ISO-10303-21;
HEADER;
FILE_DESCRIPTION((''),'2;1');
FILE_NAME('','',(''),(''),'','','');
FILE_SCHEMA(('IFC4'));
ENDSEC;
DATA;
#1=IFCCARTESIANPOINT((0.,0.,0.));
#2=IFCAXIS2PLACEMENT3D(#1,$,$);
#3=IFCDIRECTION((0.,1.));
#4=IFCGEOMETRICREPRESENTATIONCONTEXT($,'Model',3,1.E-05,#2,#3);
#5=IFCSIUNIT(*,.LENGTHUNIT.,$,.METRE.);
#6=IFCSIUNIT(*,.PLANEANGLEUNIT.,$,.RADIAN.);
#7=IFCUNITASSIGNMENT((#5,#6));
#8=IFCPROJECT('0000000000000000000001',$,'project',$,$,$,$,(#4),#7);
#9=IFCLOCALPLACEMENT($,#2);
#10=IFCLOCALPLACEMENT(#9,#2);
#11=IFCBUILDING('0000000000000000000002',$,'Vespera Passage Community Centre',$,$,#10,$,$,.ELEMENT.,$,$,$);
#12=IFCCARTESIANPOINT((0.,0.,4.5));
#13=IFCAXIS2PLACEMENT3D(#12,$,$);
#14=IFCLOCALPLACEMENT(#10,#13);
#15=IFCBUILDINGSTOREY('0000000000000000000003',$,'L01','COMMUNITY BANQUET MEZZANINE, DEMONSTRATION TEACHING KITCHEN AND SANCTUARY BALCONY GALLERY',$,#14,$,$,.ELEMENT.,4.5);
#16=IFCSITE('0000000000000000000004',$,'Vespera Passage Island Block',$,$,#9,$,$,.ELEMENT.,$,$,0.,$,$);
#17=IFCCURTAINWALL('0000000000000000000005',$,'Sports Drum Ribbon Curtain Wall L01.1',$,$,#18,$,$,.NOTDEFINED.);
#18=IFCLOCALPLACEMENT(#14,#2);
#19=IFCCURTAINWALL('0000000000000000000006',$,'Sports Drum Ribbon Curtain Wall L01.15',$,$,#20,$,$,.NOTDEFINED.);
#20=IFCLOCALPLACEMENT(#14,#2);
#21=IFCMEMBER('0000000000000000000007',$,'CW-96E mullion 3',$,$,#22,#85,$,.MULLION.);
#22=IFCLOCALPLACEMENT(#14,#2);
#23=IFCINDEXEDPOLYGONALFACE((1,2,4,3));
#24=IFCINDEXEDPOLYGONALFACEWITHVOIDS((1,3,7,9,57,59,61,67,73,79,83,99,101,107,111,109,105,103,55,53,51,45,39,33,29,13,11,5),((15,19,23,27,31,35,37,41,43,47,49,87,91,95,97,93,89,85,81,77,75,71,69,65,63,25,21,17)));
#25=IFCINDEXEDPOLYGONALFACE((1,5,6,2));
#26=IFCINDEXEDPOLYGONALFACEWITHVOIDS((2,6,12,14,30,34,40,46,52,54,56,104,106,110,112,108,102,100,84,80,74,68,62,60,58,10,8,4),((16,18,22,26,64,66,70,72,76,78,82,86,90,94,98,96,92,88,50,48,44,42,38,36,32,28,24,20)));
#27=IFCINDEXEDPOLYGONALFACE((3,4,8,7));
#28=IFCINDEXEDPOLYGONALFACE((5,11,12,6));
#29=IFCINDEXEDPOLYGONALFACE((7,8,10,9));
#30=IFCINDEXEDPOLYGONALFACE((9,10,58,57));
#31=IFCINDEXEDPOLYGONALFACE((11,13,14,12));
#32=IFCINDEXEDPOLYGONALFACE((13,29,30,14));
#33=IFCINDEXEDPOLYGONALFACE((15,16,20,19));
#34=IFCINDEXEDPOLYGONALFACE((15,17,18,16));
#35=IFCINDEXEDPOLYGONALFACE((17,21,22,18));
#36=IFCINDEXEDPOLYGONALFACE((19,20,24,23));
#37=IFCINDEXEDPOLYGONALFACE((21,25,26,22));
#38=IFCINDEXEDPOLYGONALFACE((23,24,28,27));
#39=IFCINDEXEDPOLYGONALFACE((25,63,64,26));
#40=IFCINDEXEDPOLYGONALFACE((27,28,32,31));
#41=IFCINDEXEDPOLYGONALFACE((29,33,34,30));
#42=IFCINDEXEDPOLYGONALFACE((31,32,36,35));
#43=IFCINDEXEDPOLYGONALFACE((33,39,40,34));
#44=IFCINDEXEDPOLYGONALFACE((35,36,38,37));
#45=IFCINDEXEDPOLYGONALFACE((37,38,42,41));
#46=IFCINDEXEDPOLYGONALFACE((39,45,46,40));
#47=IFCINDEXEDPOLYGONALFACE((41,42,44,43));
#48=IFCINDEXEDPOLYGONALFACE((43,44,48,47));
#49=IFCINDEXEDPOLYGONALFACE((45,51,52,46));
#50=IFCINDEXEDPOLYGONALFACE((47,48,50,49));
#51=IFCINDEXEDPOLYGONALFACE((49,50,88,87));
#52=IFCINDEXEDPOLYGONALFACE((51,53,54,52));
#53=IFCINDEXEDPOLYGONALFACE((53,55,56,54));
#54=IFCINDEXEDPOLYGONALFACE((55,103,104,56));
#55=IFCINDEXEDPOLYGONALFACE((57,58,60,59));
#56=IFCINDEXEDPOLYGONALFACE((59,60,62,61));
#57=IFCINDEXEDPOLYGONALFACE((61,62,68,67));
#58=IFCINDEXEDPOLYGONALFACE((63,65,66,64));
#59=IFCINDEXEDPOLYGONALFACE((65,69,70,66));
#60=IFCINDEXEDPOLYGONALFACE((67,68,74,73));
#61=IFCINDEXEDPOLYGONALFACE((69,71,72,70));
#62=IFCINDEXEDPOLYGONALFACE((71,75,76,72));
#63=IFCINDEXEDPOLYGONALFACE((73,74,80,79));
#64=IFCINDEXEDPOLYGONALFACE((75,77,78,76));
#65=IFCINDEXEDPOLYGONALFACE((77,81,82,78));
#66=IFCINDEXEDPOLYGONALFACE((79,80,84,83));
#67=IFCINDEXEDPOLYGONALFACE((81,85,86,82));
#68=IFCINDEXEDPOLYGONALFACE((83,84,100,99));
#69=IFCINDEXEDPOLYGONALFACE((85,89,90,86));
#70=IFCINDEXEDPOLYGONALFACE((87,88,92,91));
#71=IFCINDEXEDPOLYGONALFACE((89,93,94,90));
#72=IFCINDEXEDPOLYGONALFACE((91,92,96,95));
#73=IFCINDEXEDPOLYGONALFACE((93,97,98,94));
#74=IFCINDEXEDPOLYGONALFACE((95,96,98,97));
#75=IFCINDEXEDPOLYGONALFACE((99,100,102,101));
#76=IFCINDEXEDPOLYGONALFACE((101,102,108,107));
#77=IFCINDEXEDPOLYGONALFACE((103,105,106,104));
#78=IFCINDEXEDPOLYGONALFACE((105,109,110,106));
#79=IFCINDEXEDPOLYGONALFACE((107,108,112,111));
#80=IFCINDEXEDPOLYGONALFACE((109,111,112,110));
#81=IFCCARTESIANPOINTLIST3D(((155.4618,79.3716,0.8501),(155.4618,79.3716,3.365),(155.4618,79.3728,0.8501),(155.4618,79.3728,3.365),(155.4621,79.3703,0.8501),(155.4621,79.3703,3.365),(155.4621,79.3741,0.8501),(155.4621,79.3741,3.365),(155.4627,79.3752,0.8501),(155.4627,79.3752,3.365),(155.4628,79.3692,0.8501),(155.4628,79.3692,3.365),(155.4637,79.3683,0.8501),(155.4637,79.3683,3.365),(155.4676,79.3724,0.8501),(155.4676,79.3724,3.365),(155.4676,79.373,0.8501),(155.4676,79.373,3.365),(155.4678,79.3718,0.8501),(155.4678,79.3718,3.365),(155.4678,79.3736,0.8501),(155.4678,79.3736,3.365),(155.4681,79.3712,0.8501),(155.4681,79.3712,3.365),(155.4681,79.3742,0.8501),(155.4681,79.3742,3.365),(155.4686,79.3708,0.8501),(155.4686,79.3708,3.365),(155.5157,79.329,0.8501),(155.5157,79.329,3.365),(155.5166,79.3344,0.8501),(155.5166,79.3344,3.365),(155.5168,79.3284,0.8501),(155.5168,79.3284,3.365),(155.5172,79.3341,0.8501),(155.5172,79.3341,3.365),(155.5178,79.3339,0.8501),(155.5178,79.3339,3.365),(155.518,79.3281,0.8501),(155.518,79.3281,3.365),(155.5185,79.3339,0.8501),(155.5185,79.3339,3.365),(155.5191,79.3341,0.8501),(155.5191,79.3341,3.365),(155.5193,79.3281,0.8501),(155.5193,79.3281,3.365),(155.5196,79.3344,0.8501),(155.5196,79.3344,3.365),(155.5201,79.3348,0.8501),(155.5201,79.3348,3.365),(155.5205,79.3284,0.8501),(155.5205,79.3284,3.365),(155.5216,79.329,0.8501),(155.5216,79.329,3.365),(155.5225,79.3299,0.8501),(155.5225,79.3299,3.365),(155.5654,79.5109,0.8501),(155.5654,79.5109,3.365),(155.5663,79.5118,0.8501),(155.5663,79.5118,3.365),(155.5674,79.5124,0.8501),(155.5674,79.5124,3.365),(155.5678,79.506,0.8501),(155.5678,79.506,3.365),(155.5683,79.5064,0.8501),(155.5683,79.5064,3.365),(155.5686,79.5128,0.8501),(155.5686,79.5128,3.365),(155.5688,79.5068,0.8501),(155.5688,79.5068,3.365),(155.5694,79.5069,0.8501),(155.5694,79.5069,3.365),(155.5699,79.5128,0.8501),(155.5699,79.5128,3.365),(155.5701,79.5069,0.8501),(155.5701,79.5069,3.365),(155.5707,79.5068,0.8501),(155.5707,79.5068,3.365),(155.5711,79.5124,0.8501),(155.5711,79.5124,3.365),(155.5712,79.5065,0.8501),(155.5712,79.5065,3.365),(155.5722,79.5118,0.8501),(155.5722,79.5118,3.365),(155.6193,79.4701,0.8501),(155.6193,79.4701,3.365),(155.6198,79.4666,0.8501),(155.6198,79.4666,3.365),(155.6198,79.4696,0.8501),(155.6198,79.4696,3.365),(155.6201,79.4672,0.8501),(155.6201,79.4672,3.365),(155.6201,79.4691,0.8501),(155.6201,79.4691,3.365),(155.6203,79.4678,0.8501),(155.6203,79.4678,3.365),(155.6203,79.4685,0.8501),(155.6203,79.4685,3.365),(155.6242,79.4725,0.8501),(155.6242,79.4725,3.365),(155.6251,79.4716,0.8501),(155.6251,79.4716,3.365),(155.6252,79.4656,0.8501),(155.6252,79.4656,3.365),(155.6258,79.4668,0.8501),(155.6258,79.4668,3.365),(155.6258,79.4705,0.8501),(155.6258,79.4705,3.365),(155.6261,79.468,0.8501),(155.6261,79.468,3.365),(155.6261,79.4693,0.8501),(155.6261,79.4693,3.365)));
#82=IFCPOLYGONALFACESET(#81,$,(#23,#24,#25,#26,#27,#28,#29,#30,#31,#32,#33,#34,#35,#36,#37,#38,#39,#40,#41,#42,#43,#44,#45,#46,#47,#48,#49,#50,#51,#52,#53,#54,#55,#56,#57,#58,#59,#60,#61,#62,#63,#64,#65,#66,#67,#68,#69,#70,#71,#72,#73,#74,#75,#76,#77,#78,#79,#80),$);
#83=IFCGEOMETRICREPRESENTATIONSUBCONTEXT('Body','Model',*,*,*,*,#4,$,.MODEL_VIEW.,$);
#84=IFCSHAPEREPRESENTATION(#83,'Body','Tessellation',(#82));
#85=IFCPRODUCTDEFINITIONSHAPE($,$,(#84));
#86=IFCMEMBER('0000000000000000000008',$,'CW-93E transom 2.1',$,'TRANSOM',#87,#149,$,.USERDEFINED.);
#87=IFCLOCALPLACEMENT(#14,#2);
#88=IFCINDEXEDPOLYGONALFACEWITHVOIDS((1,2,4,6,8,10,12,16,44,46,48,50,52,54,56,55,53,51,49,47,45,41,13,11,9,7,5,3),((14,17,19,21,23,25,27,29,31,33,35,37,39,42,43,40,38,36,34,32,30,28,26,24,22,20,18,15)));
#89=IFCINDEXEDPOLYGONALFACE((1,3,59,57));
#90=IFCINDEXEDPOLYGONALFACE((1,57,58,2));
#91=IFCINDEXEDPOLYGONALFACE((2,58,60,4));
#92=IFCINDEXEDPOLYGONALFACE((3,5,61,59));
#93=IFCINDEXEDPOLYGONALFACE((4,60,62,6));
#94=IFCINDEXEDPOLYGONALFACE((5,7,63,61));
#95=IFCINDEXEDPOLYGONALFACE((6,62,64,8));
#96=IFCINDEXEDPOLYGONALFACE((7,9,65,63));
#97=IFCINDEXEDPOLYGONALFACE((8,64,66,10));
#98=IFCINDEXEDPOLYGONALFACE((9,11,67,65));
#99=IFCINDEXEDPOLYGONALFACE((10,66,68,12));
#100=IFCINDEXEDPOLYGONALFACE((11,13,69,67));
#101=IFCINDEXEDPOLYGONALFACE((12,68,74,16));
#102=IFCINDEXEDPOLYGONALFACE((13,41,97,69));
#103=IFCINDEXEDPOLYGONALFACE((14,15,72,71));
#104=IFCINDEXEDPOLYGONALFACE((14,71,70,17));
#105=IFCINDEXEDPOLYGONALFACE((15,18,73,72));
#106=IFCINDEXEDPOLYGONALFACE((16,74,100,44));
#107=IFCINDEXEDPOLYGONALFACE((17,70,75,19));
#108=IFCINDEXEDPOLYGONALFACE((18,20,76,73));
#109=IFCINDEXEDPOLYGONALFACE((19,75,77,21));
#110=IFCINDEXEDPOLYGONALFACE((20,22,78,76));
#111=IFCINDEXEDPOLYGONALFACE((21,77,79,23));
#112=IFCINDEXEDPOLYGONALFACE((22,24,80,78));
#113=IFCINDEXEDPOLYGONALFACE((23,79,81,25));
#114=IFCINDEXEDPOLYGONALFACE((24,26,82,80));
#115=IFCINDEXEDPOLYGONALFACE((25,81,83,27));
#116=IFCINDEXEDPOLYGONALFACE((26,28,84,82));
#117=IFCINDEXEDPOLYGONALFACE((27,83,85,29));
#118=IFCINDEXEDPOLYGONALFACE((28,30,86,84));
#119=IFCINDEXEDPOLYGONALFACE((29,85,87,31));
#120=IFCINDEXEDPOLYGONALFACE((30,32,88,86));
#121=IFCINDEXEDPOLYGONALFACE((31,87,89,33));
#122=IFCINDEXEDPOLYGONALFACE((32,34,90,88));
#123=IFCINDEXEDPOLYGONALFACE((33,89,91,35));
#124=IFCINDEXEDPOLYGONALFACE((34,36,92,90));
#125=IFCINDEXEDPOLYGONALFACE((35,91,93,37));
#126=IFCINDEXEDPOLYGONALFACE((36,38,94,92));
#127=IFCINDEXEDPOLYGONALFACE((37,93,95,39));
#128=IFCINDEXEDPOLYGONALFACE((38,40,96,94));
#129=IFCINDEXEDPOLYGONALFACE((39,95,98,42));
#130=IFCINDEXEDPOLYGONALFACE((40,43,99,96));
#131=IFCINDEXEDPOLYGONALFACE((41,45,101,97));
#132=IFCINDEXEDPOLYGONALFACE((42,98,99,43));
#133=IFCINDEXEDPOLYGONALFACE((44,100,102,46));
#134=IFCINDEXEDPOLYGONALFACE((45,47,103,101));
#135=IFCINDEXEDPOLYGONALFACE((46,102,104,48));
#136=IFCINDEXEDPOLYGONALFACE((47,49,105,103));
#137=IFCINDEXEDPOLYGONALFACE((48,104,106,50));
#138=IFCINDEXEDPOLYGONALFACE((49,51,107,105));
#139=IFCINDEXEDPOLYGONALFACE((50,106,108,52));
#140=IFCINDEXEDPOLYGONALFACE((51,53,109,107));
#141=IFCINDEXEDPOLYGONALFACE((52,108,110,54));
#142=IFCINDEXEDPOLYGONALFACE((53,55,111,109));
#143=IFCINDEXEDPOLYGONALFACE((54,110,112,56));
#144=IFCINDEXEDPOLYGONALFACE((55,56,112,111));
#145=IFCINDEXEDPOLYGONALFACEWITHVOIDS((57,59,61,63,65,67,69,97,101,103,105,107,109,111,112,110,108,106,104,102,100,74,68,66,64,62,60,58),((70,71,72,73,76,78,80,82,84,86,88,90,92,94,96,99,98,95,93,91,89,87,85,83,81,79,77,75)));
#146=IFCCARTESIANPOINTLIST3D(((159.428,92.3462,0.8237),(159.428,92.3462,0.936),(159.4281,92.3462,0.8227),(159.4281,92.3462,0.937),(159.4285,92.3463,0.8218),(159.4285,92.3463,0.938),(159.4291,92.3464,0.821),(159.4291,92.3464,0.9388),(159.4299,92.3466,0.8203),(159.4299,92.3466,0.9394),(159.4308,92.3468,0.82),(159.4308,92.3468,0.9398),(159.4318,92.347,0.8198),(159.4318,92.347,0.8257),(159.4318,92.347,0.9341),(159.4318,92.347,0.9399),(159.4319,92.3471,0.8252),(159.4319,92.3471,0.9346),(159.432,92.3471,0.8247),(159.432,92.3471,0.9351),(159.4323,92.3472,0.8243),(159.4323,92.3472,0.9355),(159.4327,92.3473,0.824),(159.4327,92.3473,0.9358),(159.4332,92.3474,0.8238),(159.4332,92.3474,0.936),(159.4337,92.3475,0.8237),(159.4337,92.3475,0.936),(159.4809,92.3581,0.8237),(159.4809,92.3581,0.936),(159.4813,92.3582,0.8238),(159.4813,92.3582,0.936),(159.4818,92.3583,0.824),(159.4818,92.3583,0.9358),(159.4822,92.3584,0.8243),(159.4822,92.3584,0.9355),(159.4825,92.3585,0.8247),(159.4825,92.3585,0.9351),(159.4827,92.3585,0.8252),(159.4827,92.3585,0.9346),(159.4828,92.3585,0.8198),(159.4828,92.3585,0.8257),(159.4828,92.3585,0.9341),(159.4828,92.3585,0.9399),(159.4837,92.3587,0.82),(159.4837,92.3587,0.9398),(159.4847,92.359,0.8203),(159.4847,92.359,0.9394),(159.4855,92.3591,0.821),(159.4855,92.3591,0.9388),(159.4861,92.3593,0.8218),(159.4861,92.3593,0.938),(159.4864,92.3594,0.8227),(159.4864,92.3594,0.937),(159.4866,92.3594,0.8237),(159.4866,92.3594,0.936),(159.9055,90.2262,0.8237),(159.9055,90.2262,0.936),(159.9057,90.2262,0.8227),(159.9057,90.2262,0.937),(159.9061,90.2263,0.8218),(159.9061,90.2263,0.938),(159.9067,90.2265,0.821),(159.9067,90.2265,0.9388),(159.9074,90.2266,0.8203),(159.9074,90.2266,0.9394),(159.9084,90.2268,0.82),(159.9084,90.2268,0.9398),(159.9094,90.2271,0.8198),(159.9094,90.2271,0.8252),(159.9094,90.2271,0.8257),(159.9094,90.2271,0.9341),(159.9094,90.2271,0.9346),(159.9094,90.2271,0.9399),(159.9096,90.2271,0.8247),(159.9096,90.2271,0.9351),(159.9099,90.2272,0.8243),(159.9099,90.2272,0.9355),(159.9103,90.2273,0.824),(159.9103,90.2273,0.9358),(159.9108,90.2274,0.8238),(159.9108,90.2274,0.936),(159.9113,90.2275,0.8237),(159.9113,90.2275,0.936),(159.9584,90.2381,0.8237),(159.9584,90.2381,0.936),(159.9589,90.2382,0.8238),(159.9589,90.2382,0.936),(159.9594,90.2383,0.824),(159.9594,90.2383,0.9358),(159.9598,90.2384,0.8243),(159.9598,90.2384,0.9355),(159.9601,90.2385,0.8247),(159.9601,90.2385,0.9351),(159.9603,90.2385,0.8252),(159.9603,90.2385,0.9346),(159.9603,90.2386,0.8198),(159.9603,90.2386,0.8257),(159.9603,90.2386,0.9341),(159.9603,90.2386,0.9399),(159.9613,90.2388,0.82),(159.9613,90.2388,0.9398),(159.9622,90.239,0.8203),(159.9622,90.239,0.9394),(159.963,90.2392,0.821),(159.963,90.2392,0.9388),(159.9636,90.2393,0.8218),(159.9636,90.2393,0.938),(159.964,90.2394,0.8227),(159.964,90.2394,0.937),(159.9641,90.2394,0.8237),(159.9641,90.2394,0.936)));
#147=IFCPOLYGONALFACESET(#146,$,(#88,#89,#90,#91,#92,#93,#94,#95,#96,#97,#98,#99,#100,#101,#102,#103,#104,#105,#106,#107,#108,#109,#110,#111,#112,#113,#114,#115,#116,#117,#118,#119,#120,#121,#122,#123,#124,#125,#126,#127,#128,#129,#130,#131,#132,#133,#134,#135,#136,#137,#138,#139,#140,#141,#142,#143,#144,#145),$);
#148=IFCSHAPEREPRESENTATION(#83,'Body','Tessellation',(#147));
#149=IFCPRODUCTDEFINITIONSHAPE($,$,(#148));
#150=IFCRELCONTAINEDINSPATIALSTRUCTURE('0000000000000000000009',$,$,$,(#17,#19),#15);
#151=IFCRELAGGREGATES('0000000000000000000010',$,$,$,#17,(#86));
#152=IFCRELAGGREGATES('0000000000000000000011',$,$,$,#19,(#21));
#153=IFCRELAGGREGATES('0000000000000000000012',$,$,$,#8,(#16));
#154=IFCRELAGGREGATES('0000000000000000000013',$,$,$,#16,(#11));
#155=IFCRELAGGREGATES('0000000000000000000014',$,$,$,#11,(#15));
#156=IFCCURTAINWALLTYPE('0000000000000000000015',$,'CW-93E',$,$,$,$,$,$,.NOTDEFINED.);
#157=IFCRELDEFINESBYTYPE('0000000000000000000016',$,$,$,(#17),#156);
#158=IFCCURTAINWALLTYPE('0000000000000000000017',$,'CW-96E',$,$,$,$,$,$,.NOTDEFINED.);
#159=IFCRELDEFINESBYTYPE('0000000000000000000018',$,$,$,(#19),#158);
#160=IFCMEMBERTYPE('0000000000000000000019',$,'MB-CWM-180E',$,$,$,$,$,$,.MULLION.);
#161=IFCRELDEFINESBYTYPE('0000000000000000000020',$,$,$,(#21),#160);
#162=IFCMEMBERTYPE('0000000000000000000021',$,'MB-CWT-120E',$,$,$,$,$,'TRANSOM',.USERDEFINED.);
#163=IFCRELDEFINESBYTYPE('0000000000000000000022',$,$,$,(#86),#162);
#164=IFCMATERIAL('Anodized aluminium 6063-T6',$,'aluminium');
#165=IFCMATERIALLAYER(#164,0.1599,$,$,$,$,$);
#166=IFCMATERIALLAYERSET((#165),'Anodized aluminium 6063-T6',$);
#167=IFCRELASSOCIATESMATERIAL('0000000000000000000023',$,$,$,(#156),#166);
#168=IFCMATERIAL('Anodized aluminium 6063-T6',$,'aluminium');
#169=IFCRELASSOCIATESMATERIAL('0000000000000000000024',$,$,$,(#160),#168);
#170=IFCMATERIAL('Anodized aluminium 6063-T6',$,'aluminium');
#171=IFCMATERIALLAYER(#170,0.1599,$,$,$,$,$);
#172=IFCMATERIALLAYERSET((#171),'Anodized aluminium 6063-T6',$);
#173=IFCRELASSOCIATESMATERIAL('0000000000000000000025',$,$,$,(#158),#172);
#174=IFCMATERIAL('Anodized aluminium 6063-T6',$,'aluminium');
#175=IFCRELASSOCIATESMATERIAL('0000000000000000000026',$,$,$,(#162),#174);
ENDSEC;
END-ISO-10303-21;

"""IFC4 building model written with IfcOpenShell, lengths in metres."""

from ifc_helpers import new_model, si_unit, direction, frame, origin, origin_2d, place, context, subcontext, project, spatial, hollow_rectangle, extrude, material, layer, layer_set, material_profile, profile_set, type_object, element, aggregate, save


model = new_model("IFC4")

# Units and contexts
model_context = context("Model", 3, precision=1e-05, world=origin(), true_north=direction((0.0, 1.0)))
body_context = subcontext(model_context, "Body", "Model", "MODEL_VIEW")
ifc_project = project(units=[si_unit("LENGTHUNIT", "METRE"), si_unit("PLANEANGLEUNIT", "RADIAN")], contexts=[model_context])

# Site, building, storey
site_placement = place(None, origin())
site = spatial("IfcSite", under=ifc_project, at=site_placement, Name="Vespera Passage Island Block", CompositionType="ELEMENT", RefElevation=0.0)
building_placement = place(site_placement, origin())
building = spatial("IfcBuilding", under=site, at=building_placement, Name="Vespera Passage Community Centre", CompositionType="ELEMENT")
storey_placement = place(building_placement, frame((0.0, 0.0, 4.5)))
storey = spatial("IfcBuildingStorey", under=building, at=storey_placement, Name="L01", Description="COMMUNITY BANQUET MEZZANINE, DEMONSTRATION TEACHING KITCHEN AND SANCTUARY BALCONY GALLERY", CompositionType="ELEMENT", Elevation=4.5)

# Curtain wall
ifc_material_1 = material(Name="Anodized aluminium 6063-T6", Category="aluminium")
ifc_layer_1 = layer(ifc_material_1, 0.1599)
ifc_layer_set_1 = layer_set([ifc_layer_1], Name="Anodized aluminium 6063-T6")
curtain_wall_type_1 = type_object("IfcCurtainWallType", Name="CW-93E", PredefinedType="NOTDEFINED", material=ifc_layer_set_1)
curtain_wall_1_placement = place(storey_placement, origin())
curtain_wall_1 = element("IfcCurtainWall", 1, at=curtain_wall_1_placement, inside=storey, type_object=curtain_wall_type_1, Name="Sports Drum Ribbon Curtain Wall L01.1", PredefinedType="NOTDEFINED")
ifc_material_2 = material(Name="Anodized aluminium 6063-T6", Category="aluminium")
ifc_material_profile_1 = material_profile(ifc_material_2, hollow_rectangle(XDim=0.075, YDim=0.1799, WallThickness=0.0049, InnerFilletRadius=0.0024, OuterFilletRadius=0.0049, at=origin_2d()), Name="ALU180X75X5")
ifc_profile_set_1 = profile_set([ifc_material_profile_1], Name="Anodized aluminium 6063-T6")
member_type_1 = type_object("IfcMemberType", Name="MB-CWM-180E", PredefinedType="MULLION", material=ifc_profile_set_1)

# Curtain wall, member
ifc_material_3 = material(Name="Anodized aluminium 6063-T6", Category="aluminium")
ifc_layer_2 = layer(ifc_material_3, 0.1599)
ifc_layer_set_2 = layer_set([ifc_layer_2], Name="Anodized aluminium 6063-T6")
curtain_wall_type_2 = type_object("IfcCurtainWallType", Name="CW-96E", PredefinedType="NOTDEFINED", material=ifc_layer_set_2)
curtain_wall_2_placement = place(storey_placement, origin())
curtain_wall_2 = element("IfcCurtainWall", 2, at=curtain_wall_2_placement, inside=storey, type_object=curtain_wall_type_2, Name="Sports Drum Ribbon Curtain Wall L01.15", PredefinedType="NOTDEFINED")
member_1_placement = place(storey_placement, frame((155.5439, 79.4204, 0.8501), z_axis=(0.0, 0.0, 1.0), x_axis=(0.797434, -0.603406, 0.0)))
member_1 = element("IfcMember", 3, at=member_1_placement, type_object=member_type_1, Name="CW-96E mullion 3", PredefinedType="MULLION", context=body_context, shape_type="SweptSolid", body=[
    extrude(hollow_rectangle(XDim=0.075, YDim=0.1799, WallThickness=0.0049, InnerFilletRadius=0.0024, OuterFilletRadius=0.0049, at=origin_2d()), origin(), (0.0, 0.0, 1.0), 2.5149),
])

# Member
ifc_material_4 = material(Name="Anodized aluminium 6063-T6", Category="aluminium")
ifc_material_profile_2 = material_profile(ifc_material_4, hollow_rectangle(XDim=0.0601, YDim=0.1201, WallThickness=0.0039, InnerFilletRadius=0.002, OuterFilletRadius=0.0039, at=origin_2d()), Name="ALU120X60X4")
ifc_profile_set_2 = profile_set([ifc_material_profile_2], Name="Anodized aluminium 6063-T6")
member_type_2 = type_object("IfcMemberType", Name="MB-CWT-120E", ElementType="TRANSOM", PredefinedType="USERDEFINED", material=ifc_profile_set_2)
member_2_placement = place(storey_placement, frame((159.4573, 92.3528, 0.8799), z_axis=(0.219761, -0.975554, 0.0), x_axis=(0.975554, 0.219761, 0.0)))
member_2 = element("IfcMember", 4, at=member_2_placement, type_object=member_type_2, Name="CW-93E transom 2.1", ObjectType="TRANSOM", PredefinedType="USERDEFINED", context=body_context, shape_type="SweptSolid", body=[
    extrude(hollow_rectangle(XDim=0.0601, YDim=0.1201, WallThickness=0.0039, InnerFilletRadius=0.002, OuterFilletRadius=0.0039, at=origin_2d()), origin(), (0.0, 0.0, 1.0), 2.1731),
])

aggregate(curtain_wall_1, [member_2])
aggregate(curtain_wall_2, [member_1])

save(model, "model.ifc")
